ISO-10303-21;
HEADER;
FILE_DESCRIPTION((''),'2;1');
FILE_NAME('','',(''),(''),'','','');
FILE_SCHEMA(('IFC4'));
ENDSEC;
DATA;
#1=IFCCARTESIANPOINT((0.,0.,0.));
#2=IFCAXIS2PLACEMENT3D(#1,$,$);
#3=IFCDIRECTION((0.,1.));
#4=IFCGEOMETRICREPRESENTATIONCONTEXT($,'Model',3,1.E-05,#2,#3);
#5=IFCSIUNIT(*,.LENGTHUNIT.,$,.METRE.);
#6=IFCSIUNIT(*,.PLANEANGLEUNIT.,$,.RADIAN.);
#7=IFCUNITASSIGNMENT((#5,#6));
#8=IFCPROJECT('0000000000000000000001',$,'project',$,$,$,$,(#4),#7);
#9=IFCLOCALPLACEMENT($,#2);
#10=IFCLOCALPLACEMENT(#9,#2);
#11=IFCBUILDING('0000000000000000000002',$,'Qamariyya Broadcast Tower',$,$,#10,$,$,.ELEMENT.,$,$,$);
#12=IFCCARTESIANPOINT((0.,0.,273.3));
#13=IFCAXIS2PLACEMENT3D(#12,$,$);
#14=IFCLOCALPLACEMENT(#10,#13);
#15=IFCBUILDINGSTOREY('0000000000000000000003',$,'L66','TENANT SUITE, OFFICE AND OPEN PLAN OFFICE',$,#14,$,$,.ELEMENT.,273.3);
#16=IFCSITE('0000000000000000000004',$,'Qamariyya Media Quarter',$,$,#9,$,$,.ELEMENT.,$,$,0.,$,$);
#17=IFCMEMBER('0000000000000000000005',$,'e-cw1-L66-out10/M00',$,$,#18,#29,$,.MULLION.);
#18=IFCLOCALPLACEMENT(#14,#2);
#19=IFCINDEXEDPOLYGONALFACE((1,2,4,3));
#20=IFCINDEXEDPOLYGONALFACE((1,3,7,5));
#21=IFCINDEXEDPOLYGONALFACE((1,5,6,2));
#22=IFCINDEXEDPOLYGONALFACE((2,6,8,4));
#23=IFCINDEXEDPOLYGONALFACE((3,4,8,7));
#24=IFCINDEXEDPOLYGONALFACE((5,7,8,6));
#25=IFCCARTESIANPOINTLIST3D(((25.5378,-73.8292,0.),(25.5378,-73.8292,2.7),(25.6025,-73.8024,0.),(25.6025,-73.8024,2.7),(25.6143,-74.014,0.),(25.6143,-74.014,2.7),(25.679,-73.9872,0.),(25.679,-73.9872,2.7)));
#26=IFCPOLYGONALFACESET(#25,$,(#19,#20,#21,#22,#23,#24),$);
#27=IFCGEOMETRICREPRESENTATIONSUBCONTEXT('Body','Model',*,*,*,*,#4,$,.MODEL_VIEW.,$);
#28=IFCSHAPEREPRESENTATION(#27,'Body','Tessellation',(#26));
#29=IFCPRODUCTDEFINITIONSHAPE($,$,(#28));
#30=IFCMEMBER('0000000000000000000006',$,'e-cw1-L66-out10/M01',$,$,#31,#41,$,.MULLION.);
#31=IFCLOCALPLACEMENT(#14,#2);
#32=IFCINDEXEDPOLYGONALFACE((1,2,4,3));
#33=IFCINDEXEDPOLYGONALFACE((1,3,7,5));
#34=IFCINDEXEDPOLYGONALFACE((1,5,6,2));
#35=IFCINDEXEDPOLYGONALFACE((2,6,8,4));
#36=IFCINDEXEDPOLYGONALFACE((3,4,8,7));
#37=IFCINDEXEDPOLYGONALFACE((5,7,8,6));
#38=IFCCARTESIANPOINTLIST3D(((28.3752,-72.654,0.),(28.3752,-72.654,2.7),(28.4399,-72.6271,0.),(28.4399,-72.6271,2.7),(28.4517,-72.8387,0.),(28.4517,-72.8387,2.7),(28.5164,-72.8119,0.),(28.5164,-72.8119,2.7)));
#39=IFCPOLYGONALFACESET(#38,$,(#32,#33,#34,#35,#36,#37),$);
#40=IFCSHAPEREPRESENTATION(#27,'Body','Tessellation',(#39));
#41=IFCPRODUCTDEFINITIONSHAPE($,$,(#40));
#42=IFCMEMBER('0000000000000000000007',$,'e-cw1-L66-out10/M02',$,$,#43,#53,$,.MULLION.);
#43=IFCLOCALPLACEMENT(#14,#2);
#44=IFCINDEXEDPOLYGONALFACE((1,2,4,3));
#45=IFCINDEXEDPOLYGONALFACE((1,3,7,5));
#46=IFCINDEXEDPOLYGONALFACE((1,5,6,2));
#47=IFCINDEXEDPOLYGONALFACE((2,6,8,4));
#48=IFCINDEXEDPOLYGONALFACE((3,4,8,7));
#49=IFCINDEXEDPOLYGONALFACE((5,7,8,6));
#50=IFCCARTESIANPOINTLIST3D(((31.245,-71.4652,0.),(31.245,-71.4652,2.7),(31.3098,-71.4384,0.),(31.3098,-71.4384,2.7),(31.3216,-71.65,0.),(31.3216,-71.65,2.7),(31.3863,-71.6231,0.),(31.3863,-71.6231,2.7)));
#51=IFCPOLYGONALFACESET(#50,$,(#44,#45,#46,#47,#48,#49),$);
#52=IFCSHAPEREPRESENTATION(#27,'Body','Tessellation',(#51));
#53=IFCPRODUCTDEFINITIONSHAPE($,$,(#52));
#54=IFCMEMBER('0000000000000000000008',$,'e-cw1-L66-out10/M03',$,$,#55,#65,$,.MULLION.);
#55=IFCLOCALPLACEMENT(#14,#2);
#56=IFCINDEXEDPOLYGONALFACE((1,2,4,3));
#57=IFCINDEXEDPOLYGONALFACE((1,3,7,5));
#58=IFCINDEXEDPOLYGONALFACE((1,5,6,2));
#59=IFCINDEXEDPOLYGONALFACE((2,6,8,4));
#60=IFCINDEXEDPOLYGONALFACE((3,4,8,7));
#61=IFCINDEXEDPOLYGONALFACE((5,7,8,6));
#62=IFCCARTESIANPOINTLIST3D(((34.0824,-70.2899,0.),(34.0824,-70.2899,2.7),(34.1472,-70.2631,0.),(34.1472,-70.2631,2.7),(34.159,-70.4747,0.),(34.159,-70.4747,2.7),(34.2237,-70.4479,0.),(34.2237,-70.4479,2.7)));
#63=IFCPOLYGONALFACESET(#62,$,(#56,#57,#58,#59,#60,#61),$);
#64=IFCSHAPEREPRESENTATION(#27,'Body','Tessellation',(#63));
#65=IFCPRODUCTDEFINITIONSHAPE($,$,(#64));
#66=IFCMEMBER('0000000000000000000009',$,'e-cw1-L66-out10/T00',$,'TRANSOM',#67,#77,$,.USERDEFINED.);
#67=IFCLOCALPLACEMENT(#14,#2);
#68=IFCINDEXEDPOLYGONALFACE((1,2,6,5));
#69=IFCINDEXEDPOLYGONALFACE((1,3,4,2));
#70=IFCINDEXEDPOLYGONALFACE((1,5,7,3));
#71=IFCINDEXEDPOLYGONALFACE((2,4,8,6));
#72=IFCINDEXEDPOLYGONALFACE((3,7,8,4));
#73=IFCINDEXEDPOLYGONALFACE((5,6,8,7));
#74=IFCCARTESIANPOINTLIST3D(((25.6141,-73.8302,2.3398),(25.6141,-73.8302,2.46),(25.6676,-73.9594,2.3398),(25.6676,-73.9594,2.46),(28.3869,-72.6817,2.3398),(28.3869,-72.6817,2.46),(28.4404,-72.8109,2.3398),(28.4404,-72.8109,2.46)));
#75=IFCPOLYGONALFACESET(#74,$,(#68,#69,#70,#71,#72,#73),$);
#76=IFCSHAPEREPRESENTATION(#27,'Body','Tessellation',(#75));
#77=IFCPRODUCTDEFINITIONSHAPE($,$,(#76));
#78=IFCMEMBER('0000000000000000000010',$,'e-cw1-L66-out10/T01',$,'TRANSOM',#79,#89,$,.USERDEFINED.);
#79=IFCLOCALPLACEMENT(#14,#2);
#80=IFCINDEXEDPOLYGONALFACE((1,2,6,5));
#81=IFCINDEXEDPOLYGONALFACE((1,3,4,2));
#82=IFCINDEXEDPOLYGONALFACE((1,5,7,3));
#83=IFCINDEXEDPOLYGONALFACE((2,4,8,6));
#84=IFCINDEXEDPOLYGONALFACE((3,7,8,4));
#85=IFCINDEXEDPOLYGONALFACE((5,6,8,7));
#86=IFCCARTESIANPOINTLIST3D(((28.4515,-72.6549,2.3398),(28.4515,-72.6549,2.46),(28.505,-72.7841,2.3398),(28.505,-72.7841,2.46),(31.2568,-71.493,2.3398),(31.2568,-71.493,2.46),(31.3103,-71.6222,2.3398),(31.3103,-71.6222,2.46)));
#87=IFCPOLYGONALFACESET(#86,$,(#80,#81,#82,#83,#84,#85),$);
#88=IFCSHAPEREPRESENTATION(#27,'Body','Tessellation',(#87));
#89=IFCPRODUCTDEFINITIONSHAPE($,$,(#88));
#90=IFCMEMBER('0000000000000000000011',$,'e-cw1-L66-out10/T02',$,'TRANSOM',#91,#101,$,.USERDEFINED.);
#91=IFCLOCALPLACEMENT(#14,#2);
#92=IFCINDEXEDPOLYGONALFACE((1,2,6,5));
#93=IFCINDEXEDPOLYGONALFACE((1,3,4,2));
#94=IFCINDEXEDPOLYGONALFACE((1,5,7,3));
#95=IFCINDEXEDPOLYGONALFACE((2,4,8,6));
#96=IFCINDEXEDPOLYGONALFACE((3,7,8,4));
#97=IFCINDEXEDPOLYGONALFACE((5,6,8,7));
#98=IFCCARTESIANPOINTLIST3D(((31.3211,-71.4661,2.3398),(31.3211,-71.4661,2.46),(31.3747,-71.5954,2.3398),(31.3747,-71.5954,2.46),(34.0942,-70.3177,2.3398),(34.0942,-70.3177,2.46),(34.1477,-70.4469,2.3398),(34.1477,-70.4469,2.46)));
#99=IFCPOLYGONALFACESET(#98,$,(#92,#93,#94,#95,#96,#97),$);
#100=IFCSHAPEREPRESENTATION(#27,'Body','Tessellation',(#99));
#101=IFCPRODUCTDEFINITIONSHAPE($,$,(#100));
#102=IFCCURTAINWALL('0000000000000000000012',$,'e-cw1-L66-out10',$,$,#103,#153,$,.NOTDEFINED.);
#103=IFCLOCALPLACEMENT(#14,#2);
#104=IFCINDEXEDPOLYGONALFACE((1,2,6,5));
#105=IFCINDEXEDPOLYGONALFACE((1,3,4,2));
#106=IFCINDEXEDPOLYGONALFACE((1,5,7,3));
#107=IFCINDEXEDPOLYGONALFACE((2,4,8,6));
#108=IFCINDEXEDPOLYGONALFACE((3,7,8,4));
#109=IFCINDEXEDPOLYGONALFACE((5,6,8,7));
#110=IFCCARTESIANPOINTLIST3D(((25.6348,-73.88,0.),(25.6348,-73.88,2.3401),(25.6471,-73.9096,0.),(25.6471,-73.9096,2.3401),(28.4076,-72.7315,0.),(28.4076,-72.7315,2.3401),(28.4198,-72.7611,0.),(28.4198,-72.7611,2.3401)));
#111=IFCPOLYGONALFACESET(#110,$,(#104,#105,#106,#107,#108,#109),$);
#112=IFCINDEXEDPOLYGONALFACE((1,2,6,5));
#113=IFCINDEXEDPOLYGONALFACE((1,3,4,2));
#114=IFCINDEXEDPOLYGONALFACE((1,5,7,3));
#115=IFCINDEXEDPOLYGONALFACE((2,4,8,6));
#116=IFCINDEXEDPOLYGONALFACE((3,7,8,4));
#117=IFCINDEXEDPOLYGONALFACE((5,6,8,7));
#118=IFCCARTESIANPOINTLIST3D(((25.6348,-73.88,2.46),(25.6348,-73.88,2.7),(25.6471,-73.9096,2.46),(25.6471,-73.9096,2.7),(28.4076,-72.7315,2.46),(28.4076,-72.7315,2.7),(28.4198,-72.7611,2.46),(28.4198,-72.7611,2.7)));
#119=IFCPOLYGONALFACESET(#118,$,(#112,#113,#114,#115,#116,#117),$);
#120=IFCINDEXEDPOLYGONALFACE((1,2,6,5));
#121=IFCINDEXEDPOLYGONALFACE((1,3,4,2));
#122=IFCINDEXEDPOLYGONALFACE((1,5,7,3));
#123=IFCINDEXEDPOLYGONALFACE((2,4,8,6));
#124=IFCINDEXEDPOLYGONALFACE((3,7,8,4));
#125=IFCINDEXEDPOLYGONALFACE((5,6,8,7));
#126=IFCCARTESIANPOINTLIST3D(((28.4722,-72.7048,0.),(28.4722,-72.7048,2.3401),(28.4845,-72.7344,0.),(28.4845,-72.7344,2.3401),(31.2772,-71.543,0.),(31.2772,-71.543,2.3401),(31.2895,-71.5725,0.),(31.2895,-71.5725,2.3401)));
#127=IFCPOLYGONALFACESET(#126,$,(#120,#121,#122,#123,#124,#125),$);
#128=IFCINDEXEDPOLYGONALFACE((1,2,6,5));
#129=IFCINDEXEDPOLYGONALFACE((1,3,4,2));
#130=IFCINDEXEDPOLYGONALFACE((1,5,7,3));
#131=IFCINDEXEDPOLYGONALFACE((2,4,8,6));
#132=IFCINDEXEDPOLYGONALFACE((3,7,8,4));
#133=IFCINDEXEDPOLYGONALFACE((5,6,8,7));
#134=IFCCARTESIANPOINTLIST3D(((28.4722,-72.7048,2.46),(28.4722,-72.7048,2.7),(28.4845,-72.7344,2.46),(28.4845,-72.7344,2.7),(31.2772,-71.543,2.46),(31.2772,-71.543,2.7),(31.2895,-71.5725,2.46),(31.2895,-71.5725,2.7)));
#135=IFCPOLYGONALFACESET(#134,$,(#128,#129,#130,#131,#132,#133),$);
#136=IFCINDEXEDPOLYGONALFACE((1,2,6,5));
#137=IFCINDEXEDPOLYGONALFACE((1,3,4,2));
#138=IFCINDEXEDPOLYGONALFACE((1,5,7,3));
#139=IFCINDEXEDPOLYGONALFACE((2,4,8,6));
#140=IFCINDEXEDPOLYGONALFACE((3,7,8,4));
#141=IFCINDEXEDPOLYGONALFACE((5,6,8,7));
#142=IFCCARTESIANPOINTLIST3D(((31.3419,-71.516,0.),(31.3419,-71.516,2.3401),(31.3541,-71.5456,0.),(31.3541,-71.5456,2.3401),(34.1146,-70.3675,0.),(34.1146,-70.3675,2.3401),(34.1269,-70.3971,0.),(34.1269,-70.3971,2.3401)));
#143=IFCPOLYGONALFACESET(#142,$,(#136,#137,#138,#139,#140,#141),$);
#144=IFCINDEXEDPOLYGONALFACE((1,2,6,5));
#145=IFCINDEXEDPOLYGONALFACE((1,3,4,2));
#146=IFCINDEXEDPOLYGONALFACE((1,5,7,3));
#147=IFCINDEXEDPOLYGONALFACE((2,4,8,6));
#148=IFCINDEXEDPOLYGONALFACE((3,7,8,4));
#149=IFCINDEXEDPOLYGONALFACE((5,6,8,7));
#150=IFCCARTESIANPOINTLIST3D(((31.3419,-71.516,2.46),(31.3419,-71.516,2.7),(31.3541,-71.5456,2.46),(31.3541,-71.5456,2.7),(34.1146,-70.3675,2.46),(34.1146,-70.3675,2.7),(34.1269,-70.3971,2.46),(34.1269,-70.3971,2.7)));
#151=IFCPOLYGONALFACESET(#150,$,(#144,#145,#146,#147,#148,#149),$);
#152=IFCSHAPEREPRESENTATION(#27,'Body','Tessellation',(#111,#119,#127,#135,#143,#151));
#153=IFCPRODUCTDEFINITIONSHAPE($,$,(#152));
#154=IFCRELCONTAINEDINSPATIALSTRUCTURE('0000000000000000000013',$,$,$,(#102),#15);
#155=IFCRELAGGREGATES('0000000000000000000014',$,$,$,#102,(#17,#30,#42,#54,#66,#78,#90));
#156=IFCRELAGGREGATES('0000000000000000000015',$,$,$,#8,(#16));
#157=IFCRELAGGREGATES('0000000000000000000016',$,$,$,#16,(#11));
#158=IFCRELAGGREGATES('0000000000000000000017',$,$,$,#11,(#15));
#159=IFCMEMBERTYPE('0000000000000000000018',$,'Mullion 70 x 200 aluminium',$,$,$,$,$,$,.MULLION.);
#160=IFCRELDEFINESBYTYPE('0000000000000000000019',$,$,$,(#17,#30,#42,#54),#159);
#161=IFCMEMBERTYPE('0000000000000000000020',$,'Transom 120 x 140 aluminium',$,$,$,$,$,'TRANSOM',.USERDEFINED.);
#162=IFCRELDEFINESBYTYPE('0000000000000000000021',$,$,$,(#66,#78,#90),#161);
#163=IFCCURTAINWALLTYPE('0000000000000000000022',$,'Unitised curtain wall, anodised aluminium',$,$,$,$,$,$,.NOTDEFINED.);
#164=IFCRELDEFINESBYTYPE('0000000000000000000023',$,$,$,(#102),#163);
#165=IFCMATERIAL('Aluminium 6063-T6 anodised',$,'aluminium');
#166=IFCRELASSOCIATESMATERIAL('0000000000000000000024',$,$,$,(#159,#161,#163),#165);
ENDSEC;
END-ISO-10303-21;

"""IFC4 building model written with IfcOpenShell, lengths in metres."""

from ifc_helpers import new_model, si_unit, direction, frame, origin, origin_2d, place, context, subcontext, project, spatial, rectangle, extrude, material, material_profile, profile_set, type_object, element, aggregate, save


model = new_model("IFC4")

# Units and contexts
model_context = context("Model", 3, precision=1e-05, world=origin(), true_north=direction((0.0, 1.0)))
body_context = subcontext(model_context, "Body", "Model", "MODEL_VIEW")
ifc_project = project(units=[si_unit("LENGTHUNIT", "METRE"), si_unit("PLANEANGLEUNIT", "RADIAN")], contexts=[model_context])

# Members
ifc_material_1 = material(Name="Aluminium 6063-T6 anodised", Category="aluminium")
ifc_material_profile_1 = material_profile(ifc_material_1, rectangle(XDim=0.2, YDim=0.0701, at=origin_2d()))
ifc_profile_set_1 = profile_set([ifc_material_profile_1], Name="Aluminium 6063-T6 anodised")
member_type_1 = type_object("IfcMemberType", Name="Mullion 70 x 200 aluminium", PredefinedType="MULLION", material=ifc_profile_set_1)
site_placement = place(None, origin())
building_placement = place(site_placement, origin())
storey_placement = place(building_placement, frame((0.0, 0.0, 273.3)))
member_1_placement = place(storey_placement, frame((25.6084, -73.9082, 0.0), z_axis=(0.0, 0.0, 1.0), x_axis=(-0.382683, 0.92388, 0.0)))
member_1 = element("IfcMember", 1, at=member_1_placement, type_object=member_type_1, Name="e-cw1-L66-out10/M00", PredefinedType="MULLION", context=body_context, shape_type="SweptSolid", body=[
    extrude(rectangle(XDim=0.2, YDim=0.0701, at=origin_2d()), origin(), (0.0, 0.0, 1.0), 2.7),
])
member_2_placement = place(storey_placement, frame((28.4458, -72.7329, 0.0), z_axis=(0.0, 0.0, 1.0), x_axis=(-0.382683, 0.92388, 0.0)))
member_2 = element("IfcMember", 2, at=member_2_placement, type_object=member_type_1, Name="e-cw1-L66-out10/M01", PredefinedType="MULLION", context=body_context, shape_type="SweptSolid", body=[
    extrude(rectangle(XDim=0.2, YDim=0.0701, at=origin_2d()), origin(), (0.0, 0.0, 1.0), 2.7),
])
member_3_placement = place(storey_placement, frame((31.3157, -71.5442, 0.0), z_axis=(0.0, 0.0, 1.0), x_axis=(-0.382683, 0.92388, 0.0)))
member_3 = element("IfcMember", 3, at=member_3_placement, type_object=member_type_1, Name="e-cw1-L66-out10/M02", PredefinedType="MULLION", context=body_context, shape_type="SweptSolid", body=[
    extrude(rectangle(XDim=0.2, YDim=0.0701, at=origin_2d()), origin(), (0.0, 0.0, 1.0), 2.7),
])
member_4_placement = place(storey_placement, frame((34.1531, -70.3689, 0.0), z_axis=(0.0, 0.0, 1.0), x_axis=(-0.382683, 0.92388, 0.0)))
member_4 = element("IfcMember", 4, at=member_4_placement, type_object=member_type_1, Name="e-cw1-L66-out10/M03", PredefinedType="MULLION", context=body_context, shape_type="SweptSolid", body=[
    extrude(rectangle(XDim=0.2, YDim=0.0701, at=origin_2d()), origin(), (0.0, 0.0, 1.0), 2.7),
])
ifc_material_profile_2 = material_profile(ifc_material_1, rectangle(XDim=0.1399, YDim=0.1201, at=origin_2d()))
ifc_profile_set_2 = profile_set([ifc_material_profile_2], Name="Aluminium 6063-T6 anodised")
member_type_2 = type_object("IfcMemberType", Name="Transom 120 x 140 aluminium", ElementType="TRANSOM", PredefinedType="USERDEFINED", material=ifc_profile_set_2)
member_5_placement = place(storey_placement, frame((25.6409, -73.8948, 2.3999), z_axis=(0.923886, 0.382668, 0.0), x_axis=(-0.382668, 0.923886, 0.0)))
member_5 = element("IfcMember", 5, at=member_5_placement, type_object=member_type_2, Name="e-cw1-L66-out10/T00", ObjectType="TRANSOM", PredefinedType="USERDEFINED", context=body_context, shape_type="SweptSolid", body=[
    extrude(rectangle(XDim=0.1399, YDim=0.1201, at=origin_2d()), origin(), (0.0, 0.0, 1.0), 3.0012),
])
member_6_placement = place(storey_placement, frame((28.4783, -72.7195, 2.3999), z_axis=(0.923888, 0.382662, 0.0), x_axis=(-0.382662, 0.923888, 0.0)))
member_6 = element("IfcMember", 6, at=member_6_placement, type_object=member_type_2, Name="e-cw1-L66-out10/T01", ObjectType="TRANSOM", PredefinedType="USERDEFINED", context=body_context, shape_type="SweptSolid", body=[
    extrude(rectangle(XDim=0.1399, YDim=0.1201, at=origin_2d()), origin(), (0.0, 0.0, 1.0), 3.0364),
])
member_7_placement = place(storey_placement, frame((31.3479, -71.5308, 2.3999), z_axis=(0.923898, 0.382639, 0.0), x_axis=(-0.382639, 0.923898, 0.0)))
member_7 = element("IfcMember", 7, at=member_7_placement, type_object=member_type_2, Name="e-cw1-L66-out10/T02", ObjectType="TRANSOM", PredefinedType="USERDEFINED", context=body_context, shape_type="SweptSolid", body=[
    extrude(rectangle(XDim=0.1399, YDim=0.1201, at=origin_2d()), origin(), (0.0, 0.0, 1.0), 3.0015),
])

# Site, building, storey
site = spatial("IfcSite", under=ifc_project, at=site_placement, Name="Qamariyya Media Quarter", CompositionType="ELEMENT", RefElevation=0.0)
building = spatial("IfcBuilding", under=site, at=building_placement, Name="Qamariyya Broadcast Tower", CompositionType="ELEMENT")
storey = spatial("IfcBuildingStorey", under=building, at=storey_placement, Name="L66", Description="TENANT SUITE, OFFICE AND OPEN PLAN OFFICE", CompositionType="ELEMENT", Elevation=273.3)

# Curtain wall
curtain_wall_type = type_object("IfcCurtainWallType", Name="Unitised curtain wall, anodised aluminium", PredefinedType="NOTDEFINED", material=ifc_material_1)
curtain_wall_1_placement = place(storey_placement, origin())
curtain_wall_1 = element("IfcCurtainWall", 8, at=curtain_wall_1_placement, inside=storey, type_object=curtain_wall_type, Name="e-cw1-L66-out10", PredefinedType="NOTDEFINED", context=body_context, shape_type="SweptSolid", body=[
    extrude(rectangle(XDim=3.0012, YDim=0.032, at=origin_2d()), frame((27.0273, -73.3206, 0.0), x_axis=(0.923878, 0.382687, 0.0)), (0.0, 0.0, 1.0), 2.3401),
    extrude(rectangle(XDim=3.0012, YDim=0.032, at=origin_2d()), frame((27.0273, -73.3206, 2.46), x_axis=(0.923878, 0.382687, 0.0)), (0.0, 0.0, 1.0), 0.24),
    extrude(rectangle(XDim=3.0361, YDim=0.032, at=origin_2d()), frame((29.8809, -72.1387, 0.0), x_axis=(0.923878, 0.382687, 0.0)), (0.0, 0.0, 1.0), 2.3401),
    extrude(rectangle(XDim=3.0361, YDim=0.032, at=origin_2d()), frame((29.8809, -72.1387, 2.46), x_axis=(0.923878, 0.382687, 0.0)), (0.0, 0.0, 1.0), 0.24),
    extrude(rectangle(XDim=3.0012, YDim=0.032, at=origin_2d()), frame((32.7344, -70.9565, 0.0), x_axis=(0.923878, 0.382687, 0.0)), (0.0, 0.0, 1.0), 2.3401),
    extrude(rectangle(XDim=3.0012, YDim=0.032, at=origin_2d()), frame((32.7344, -70.9565, 2.46), x_axis=(0.923878, 0.382687, 0.0)), (0.0, 0.0, 1.0), 0.24),
])
aggregate(curtain_wall_1, [member_1, member_2, member_3, member_4, member_5, member_6, member_7])

save(model, "model.ifc")
